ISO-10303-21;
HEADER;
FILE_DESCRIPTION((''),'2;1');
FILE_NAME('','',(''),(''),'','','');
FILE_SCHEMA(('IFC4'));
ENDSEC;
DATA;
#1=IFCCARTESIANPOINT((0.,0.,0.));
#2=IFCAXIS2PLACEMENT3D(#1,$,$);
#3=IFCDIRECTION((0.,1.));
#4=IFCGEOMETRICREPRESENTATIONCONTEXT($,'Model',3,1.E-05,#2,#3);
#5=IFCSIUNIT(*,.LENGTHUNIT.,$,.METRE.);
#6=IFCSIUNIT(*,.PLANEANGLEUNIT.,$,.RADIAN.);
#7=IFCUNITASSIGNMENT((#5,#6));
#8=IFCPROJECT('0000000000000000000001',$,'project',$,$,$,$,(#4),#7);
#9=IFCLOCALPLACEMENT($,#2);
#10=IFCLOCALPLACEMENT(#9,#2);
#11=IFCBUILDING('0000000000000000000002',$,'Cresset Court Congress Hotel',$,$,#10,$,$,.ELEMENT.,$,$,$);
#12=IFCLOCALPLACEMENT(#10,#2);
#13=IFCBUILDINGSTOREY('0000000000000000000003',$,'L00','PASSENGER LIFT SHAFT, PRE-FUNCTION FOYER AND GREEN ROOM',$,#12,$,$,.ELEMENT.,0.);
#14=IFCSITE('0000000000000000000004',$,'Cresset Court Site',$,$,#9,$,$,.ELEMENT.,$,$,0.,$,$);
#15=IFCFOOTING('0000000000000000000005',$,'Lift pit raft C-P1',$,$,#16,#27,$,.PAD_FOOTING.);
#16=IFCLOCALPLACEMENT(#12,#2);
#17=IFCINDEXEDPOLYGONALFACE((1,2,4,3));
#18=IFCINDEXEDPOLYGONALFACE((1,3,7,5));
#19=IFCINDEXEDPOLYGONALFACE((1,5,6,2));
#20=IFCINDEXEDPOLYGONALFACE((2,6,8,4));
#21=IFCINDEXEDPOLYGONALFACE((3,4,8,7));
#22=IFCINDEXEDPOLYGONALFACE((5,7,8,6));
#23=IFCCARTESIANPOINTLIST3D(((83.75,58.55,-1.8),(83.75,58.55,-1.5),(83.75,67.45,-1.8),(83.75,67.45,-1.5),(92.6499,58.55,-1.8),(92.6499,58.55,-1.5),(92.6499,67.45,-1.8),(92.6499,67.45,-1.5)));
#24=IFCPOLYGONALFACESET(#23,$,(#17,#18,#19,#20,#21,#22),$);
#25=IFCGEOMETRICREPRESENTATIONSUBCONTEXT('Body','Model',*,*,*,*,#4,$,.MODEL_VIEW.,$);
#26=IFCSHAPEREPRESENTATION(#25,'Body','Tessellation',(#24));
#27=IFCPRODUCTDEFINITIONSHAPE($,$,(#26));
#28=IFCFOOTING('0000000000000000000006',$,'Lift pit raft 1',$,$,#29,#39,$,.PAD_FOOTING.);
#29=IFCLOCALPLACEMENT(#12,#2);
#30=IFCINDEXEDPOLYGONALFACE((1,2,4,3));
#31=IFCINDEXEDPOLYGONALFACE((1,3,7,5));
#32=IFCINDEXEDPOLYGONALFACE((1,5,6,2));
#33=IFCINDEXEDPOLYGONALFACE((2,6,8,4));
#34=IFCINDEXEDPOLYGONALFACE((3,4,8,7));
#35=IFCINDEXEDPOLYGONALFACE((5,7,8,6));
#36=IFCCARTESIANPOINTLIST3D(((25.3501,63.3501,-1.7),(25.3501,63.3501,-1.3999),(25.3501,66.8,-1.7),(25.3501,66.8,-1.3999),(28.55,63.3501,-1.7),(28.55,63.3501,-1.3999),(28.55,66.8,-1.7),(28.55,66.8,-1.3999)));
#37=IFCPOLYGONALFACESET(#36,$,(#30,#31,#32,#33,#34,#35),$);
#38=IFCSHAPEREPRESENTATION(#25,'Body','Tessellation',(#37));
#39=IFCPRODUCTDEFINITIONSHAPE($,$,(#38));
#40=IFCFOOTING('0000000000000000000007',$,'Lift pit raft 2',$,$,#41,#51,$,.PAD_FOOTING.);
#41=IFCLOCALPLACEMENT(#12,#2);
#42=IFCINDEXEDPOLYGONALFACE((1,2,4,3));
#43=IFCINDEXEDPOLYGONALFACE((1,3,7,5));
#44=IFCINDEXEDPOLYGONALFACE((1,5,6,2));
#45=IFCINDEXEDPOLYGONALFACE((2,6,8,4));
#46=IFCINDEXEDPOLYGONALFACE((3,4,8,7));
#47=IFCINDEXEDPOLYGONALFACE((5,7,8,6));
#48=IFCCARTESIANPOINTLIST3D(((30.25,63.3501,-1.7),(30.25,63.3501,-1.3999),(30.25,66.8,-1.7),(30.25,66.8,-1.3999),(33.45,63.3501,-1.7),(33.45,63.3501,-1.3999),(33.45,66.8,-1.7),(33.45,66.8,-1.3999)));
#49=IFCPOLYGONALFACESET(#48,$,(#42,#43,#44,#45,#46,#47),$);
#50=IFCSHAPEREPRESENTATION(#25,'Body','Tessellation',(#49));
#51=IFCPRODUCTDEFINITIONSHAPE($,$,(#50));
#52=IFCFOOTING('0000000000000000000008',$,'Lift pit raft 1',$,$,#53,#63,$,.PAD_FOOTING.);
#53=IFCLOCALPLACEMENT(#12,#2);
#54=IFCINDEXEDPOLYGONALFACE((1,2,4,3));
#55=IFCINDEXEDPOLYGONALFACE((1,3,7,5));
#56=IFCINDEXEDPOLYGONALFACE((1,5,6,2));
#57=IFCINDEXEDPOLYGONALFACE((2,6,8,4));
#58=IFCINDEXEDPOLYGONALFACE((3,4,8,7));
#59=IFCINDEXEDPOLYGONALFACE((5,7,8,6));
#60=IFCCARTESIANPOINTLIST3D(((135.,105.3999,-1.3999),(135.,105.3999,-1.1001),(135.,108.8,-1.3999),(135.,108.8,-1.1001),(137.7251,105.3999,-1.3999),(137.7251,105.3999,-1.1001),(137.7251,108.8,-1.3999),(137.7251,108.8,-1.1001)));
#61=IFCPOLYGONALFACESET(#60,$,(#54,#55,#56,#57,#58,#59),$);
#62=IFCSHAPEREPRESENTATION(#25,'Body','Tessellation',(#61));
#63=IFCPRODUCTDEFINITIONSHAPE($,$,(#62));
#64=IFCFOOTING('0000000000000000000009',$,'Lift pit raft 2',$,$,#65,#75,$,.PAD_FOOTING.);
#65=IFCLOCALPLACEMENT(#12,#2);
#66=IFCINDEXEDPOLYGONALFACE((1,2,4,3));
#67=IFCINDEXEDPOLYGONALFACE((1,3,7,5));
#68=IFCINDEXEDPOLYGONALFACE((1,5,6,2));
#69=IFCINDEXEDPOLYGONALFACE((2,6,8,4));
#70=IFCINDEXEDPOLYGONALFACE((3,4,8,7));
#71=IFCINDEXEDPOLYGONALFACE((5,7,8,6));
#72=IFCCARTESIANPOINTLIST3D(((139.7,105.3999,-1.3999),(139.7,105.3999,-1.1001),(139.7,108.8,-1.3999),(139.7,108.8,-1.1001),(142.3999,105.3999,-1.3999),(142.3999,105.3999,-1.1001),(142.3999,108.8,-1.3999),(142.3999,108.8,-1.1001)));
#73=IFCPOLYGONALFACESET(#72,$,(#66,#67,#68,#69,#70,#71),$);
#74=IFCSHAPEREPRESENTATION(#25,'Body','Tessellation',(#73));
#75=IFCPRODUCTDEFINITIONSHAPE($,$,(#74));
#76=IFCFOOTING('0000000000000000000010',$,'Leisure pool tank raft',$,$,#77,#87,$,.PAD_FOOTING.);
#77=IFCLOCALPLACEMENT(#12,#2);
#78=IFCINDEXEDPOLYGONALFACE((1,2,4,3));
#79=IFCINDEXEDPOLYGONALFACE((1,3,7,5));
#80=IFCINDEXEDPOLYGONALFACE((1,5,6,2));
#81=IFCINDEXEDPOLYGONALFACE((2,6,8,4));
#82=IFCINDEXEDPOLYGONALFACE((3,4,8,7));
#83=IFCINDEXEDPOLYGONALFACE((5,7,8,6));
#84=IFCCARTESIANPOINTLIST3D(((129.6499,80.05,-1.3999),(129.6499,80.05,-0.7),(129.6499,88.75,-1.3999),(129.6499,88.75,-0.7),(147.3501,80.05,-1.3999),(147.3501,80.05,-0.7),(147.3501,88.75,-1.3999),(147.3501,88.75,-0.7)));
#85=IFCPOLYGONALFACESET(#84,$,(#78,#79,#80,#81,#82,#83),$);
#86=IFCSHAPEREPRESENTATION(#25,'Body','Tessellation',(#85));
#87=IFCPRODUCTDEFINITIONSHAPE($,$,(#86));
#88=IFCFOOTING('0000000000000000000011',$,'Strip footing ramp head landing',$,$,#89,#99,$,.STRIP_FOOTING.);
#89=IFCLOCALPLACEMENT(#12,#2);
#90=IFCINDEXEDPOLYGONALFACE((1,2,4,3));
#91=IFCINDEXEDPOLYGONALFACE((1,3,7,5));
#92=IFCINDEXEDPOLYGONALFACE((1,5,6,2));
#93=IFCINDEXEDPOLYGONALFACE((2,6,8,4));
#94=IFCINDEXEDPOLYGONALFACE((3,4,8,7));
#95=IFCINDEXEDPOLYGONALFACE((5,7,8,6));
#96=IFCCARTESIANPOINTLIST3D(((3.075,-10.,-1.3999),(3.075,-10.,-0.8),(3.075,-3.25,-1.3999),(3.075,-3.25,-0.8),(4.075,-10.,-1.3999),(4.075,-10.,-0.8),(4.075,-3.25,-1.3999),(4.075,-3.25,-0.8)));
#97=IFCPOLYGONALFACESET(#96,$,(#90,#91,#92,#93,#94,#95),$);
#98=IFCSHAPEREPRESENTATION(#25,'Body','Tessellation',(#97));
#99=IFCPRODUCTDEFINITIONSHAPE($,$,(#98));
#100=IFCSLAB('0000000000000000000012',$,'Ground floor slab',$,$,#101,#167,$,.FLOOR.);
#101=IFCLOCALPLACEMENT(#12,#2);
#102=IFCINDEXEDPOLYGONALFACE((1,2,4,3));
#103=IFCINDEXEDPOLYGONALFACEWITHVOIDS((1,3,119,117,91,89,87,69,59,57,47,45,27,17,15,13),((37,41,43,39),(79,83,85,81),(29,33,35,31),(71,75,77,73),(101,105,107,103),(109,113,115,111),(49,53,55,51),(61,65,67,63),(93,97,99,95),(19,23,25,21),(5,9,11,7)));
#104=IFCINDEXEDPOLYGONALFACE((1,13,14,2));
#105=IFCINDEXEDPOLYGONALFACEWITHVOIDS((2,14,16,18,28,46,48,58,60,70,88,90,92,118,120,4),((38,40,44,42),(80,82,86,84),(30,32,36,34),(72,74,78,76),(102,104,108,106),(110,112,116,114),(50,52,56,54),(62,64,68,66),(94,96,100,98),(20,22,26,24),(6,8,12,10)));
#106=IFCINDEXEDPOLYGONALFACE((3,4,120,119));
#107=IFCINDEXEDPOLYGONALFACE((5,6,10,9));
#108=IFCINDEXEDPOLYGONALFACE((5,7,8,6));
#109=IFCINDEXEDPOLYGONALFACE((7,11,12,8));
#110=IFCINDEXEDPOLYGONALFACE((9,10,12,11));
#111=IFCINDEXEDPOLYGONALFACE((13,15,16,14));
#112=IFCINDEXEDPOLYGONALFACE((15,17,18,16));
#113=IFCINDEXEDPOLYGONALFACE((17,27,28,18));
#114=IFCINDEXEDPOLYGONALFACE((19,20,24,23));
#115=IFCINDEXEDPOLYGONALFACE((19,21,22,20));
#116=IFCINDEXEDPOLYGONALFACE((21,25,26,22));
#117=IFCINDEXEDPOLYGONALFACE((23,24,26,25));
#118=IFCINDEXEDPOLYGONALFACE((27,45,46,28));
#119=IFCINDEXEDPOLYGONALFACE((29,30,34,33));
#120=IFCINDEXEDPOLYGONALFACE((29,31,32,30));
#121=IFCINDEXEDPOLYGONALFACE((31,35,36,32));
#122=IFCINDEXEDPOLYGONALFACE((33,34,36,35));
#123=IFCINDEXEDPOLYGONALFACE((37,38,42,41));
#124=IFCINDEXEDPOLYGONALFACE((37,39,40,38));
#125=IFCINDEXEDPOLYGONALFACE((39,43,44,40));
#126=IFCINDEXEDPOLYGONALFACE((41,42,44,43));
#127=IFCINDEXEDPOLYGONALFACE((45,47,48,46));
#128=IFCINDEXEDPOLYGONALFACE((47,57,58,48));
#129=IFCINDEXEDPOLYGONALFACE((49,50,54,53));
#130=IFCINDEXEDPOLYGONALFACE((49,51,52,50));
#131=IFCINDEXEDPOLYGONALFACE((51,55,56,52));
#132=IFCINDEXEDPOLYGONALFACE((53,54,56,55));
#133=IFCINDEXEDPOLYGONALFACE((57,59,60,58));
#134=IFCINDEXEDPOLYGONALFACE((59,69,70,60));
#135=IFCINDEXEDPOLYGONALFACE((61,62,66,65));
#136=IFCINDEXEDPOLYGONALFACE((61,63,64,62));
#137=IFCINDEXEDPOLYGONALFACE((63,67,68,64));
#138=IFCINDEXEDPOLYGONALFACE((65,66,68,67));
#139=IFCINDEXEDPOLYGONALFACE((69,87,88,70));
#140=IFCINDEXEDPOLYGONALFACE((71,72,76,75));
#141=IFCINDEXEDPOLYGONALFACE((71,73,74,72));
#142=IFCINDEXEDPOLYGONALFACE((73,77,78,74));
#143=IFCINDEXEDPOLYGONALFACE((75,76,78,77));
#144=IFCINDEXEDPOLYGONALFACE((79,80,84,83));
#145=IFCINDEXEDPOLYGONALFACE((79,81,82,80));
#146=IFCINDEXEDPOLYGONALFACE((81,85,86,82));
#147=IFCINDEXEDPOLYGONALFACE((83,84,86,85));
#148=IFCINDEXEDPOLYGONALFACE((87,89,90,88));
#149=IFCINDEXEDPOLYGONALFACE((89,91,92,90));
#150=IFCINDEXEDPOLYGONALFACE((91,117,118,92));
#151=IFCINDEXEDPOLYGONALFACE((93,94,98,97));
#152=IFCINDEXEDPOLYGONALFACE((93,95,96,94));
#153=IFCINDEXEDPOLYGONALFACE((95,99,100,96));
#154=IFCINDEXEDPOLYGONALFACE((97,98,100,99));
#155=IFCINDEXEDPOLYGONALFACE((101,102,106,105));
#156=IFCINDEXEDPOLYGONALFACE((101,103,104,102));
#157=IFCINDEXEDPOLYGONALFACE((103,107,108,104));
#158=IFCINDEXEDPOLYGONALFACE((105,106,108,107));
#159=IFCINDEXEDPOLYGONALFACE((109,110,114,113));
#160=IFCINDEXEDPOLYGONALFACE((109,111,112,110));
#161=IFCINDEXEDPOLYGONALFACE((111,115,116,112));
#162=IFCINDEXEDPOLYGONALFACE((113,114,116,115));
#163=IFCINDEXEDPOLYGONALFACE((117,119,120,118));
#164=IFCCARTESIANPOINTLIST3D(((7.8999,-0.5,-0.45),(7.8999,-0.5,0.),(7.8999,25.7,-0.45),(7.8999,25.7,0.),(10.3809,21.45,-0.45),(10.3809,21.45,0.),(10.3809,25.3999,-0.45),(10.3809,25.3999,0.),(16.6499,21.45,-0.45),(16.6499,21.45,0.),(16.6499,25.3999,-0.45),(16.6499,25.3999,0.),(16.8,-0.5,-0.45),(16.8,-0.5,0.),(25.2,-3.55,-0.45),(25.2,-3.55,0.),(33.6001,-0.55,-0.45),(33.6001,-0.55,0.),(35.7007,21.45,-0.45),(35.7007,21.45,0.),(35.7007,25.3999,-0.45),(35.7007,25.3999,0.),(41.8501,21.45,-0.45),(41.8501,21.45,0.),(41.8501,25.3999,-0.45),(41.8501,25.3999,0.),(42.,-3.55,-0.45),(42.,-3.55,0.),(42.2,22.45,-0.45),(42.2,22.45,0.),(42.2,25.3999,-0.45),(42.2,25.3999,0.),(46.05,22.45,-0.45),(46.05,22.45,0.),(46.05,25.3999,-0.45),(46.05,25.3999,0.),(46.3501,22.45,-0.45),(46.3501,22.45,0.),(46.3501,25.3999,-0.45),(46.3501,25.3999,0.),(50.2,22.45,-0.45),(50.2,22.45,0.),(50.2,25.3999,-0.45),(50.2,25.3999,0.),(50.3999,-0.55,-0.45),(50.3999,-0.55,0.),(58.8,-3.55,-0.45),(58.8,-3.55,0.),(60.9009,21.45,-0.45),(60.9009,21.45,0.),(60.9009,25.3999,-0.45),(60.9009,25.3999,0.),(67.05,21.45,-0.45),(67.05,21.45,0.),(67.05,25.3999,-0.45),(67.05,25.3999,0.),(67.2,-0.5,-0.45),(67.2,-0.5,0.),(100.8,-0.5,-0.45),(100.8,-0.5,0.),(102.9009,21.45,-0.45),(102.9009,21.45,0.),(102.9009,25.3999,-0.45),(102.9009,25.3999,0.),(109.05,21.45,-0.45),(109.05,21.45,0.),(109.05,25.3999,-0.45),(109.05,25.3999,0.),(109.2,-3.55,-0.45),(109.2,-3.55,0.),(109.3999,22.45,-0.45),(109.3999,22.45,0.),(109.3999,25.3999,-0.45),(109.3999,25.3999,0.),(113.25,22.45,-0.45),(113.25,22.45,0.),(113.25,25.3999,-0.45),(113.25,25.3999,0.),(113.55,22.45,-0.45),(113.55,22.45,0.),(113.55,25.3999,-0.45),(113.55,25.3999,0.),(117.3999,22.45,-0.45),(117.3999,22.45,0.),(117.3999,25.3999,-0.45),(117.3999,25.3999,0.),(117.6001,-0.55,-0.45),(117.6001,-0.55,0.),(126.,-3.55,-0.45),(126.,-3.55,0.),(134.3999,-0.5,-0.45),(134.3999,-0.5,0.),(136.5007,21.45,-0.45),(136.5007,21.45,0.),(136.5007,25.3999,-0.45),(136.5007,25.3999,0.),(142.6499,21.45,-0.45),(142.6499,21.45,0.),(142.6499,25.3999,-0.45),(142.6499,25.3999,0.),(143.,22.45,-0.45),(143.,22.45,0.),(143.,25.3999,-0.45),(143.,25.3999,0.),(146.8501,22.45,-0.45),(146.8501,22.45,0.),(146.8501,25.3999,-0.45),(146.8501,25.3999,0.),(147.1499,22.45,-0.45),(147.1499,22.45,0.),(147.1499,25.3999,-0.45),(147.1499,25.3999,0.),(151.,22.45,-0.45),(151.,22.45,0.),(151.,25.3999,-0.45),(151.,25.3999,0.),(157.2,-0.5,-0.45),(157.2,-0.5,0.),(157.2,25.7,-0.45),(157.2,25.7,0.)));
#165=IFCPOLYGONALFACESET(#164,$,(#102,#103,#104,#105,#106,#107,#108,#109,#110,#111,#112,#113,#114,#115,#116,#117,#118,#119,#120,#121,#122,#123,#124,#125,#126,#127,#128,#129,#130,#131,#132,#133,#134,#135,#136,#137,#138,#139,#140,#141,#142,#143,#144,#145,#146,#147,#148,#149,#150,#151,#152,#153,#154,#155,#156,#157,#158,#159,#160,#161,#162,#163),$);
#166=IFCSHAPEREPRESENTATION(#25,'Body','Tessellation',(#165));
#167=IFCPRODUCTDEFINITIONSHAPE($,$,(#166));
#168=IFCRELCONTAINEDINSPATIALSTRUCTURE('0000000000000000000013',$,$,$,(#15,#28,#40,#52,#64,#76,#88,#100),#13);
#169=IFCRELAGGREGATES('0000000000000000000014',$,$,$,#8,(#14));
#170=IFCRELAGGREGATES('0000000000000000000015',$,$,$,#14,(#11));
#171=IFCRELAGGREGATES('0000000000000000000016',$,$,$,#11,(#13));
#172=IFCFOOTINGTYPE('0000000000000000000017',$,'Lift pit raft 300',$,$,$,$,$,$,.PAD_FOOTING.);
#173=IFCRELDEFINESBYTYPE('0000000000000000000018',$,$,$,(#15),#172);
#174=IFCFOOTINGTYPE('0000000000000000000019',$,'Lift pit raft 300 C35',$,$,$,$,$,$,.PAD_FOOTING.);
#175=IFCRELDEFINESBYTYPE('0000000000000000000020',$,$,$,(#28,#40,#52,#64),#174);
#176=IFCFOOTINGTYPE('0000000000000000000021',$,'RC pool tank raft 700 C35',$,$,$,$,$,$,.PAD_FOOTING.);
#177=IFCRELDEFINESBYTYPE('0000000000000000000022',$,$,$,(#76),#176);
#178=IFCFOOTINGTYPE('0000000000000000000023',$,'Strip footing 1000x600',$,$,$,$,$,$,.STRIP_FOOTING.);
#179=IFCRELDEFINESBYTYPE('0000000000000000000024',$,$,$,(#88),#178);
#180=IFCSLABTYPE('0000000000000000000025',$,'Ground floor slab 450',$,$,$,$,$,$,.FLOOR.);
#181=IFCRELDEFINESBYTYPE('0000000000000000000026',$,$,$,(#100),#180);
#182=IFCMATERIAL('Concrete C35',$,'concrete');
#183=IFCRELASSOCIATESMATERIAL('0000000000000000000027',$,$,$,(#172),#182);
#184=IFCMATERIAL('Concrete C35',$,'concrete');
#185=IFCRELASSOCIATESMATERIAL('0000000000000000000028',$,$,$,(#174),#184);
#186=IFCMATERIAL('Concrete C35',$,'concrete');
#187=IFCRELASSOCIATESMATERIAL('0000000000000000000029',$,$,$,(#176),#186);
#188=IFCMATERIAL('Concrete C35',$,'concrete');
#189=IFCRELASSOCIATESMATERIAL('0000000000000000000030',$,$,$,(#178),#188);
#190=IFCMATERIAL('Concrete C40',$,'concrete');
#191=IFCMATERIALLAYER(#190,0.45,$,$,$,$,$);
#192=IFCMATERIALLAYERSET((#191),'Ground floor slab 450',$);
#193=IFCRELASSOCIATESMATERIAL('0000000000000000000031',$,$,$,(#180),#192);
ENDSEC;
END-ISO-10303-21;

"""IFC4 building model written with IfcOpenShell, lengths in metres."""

from ifc_helpers import new_model, si_unit, direction, frame, origin, place, context, subcontext, project, spatial, polyline, outline, extrude, material, layer, layer_set, type_object, element, save


model = new_model("IFC4")

# Units and contexts
model_context = context("Model", 3, precision=1e-05, world=origin(), true_north=direction((0.0, 1.0)))
body_context = subcontext(model_context, "Body", "Model", "MODEL_VIEW")
ifc_project = project(units=[si_unit("LENGTHUNIT", "METRE"), si_unit("PLANEANGLEUNIT", "RADIAN")], contexts=[model_context])

# Site, building, storey
site_placement = place(None, origin())
site = spatial("IfcSite", under=ifc_project, at=site_placement, Name="Cresset Court Site", CompositionType="ELEMENT", RefElevation=0.0)
building_placement = place(site_placement, origin())
building = spatial("IfcBuilding", under=site, at=building_placement, Name="Cresset Court Congress Hotel", CompositionType="ELEMENT")
storey_placement = place(building_placement, origin())
storey = spatial("IfcBuildingStorey", under=building, at=storey_placement, Name="L00", Description="PASSENGER LIFT SHAFT, PRE-FUNCTION FOYER AND GREEN ROOM", CompositionType="ELEMENT", Elevation=0.0)

# Footings
ifc_material_1 = material(Name="Concrete C35", Category="concrete")
footing_type_1 = type_object("IfcFootingType", Name="Lift pit raft 300", PredefinedType="PAD_FOOTING", material=ifc_material_1)
footing_1_placement = place(storey_placement, frame((0.0, 0.0, -1.8)))
element("IfcFooting", 1, at=footing_1_placement, inside=storey, type_object=footing_type_1, Name="Lift pit raft C-P1", PredefinedType="PAD_FOOTING", context=body_context, shape_type="SweptSolid", body=[
    extrude(outline(polyline([(92.6499, 58.55), (83.75, 58.55), (83.75, 67.45), (92.6499, 67.45), (92.6499, 58.55)])), origin(), (0.0, 0.0, 1.0), 0.3),
])
ifc_material_2 = material(Name="Concrete C35", Category="concrete")
footing_type_2 = type_object("IfcFootingType", Name="Lift pit raft 300 C35", PredefinedType="PAD_FOOTING", material=ifc_material_2)
footing_2_placement = place(storey_placement, frame((0.0, 0.0, -1.7)))
element("IfcFooting", 2, at=footing_2_placement, inside=storey, type_object=footing_type_2, Name="Lift pit raft 1", PredefinedType="PAD_FOOTING", context=body_context, shape_type="SweptSolid", body=[
    extrude(outline(polyline([(25.3501, 63.3501), (28.55, 63.3501), (28.55, 66.8), (25.3501, 66.8), (25.3501, 63.3501)])), origin(), (0.0, 0.0, 1.0), 0.3),
])
footing_3_placement = place(storey_placement, frame((0.0, 0.0, -1.7)))
element("IfcFooting", 3, at=footing_3_placement, inside=storey, type_object=footing_type_2, Name="Lift pit raft 2", PredefinedType="PAD_FOOTING", context=body_context, shape_type="SweptSolid", body=[
    extrude(outline(polyline([(30.25, 63.3501), (33.45, 63.3501), (33.45, 66.8), (30.25, 66.8), (30.25, 63.3501)])), origin(), (0.0, 0.0, 1.0), 0.3),
])
footing_4_placement = place(storey_placement, frame((0.0, 0.0, -1.3999)))
element("IfcFooting", 4, at=footing_4_placement, inside=storey, type_object=footing_type_2, Name="Lift pit raft 1", PredefinedType="PAD_FOOTING", context=body_context, shape_type="SweptSolid", body=[
    extrude(outline(polyline([(135.0, 105.3999), (137.7251, 105.3999), (137.7251, 108.8), (135.0, 108.8), (135.0, 105.3999)])), origin(), (0.0, 0.0, 1.0), 0.2998),
])
footing_5_placement = place(storey_placement, frame((0.0, 0.0, -1.3999)))
element("IfcFooting", 5, at=footing_5_placement, inside=storey, type_object=footing_type_2, Name="Lift pit raft 2", PredefinedType="PAD_FOOTING", context=body_context, shape_type="SweptSolid", body=[
    extrude(outline(polyline([(139.7, 105.3999), (142.3999, 105.3999), (142.3999, 108.8), (139.7, 108.8), (139.7, 105.3999)])), origin(), (0.0, 0.0, 1.0), 0.2998),
])
ifc_material_3 = material(Name="Concrete C35", Category="concrete")
footing_type_3 = type_object("IfcFootingType", Name="RC pool tank raft 700 C35", PredefinedType="PAD_FOOTING", material=ifc_material_3)
footing_6_placement = place(storey_placement, frame((0.0, 0.0, -1.3999)))
element("IfcFooting", 6, at=footing_6_placement, inside=storey, type_object=footing_type_3, Name="Leisure pool tank raft", PredefinedType="PAD_FOOTING", context=body_context, shape_type="SweptSolid", body=[
    extrude(outline(polyline([(129.6499, 80.05), (147.3501, 80.05), (147.3501, 88.75), (129.6499, 88.75), (129.6499, 80.05)])), origin(), (0.0, 0.0, 1.0), 0.7),
])
ifc_material_4 = material(Name="Concrete C35", Category="concrete")
footing_type_4 = type_object("IfcFootingType", Name="Strip footing 1000x600", PredefinedType="STRIP_FOOTING", material=ifc_material_4)
footing_7_placement = place(storey_placement, frame((0.0, 0.0, -1.3999)))
element("IfcFooting", 7, at=footing_7_placement, inside=storey, type_object=footing_type_4, Name="Strip footing ramp head landing", PredefinedType="STRIP_FOOTING", context=body_context, shape_type="SweptSolid", body=[
    extrude(outline(polyline([(3.075, -10.0), (3.075, -3.25), (4.075, -3.25), (4.075, -10.0), (3.075, -10.0)])), origin(), (0.0, 0.0, 1.0), 0.5999),
])

# Slab
ifc_material_5 = material(Name="Concrete C40", Category="concrete")
ifc_layer_1 = layer(ifc_material_5, 0.45)
ifc_layer_set_1 = layer_set([ifc_layer_1], Name="Ground floor slab 450")
slab_type_1 = type_object("IfcSlabType", Name="Ground floor slab 450", PredefinedType="FLOOR", material=ifc_layer_set_1)
slab_1_placement = place(storey_placement, frame((0.0, 0.0, -0.45)))
element("IfcSlab", 8, at=slab_1_placement, inside=storey, type_object=slab_type_1, Name="Ground floor slab", PredefinedType="FLOOR", context=body_context, shape_type="SweptSolid", body=[
    extrude(outline(polyline([(58.8, -3.55), (50.3999, -0.55), (42.0, -3.55), (33.6001, -0.55), (25.2, -3.55), (16.8, -0.5), (7.8999, -0.5), (7.8999, 25.7), (157.2, 25.7), (157.2, -0.5), (134.3999, -0.5), (126.0, -3.55), (117.6001, -0.55), (109.2, -3.55), (100.8, -0.5), (67.2, -0.5), (58.8, -3.55)]), holes=[polyline([(10.3809, 21.45), (16.6499, 21.45), (16.6499, 25.3999), (10.3809, 25.3999), (10.3809, 21.45)]), polyline([(35.7007, 21.45), (41.8501, 21.45), (41.8501, 25.3999), (35.7007, 25.3999), (35.7007, 21.45)]), polyline([(60.9009, 21.45), (67.05, 21.45), (67.05, 25.3999), (60.9009, 25.3999), (60.9009, 21.45)]), polyline([(102.9009, 21.45), (109.05, 21.45), (109.05, 25.3999), (102.9009, 25.3999), (102.9009, 21.45)]), polyline([(136.5007, 21.45), (142.6499, 21.45), (142.6499, 25.3999), (136.5007, 25.3999), (136.5007, 21.45)]), polyline([(42.2, 22.45), (46.05, 22.45), (46.05, 25.3999), (42.2, 25.3999), (42.2, 22.45)]), polyline([(46.3501, 22.45), (50.2, 22.45), (50.2, 25.3999), (46.3501, 25.3999), (46.3501, 22.45)]), polyline([(109.3999, 22.45), (113.25, 22.45), (113.25, 25.3999), (109.3999, 25.3999), (109.3999, 22.45)]), polyline([(113.55, 22.45), (117.3999, 22.45), (117.3999, 25.3999), (113.55, 25.3999), (113.55, 22.45)]), polyline([(143.0, 22.45), (146.8501, 22.45), (146.8501, 25.3999), (143.0, 25.3999), (143.0, 22.45)]), polyline([(147.1499, 22.45), (151.0, 22.45), (151.0, 25.3999), (147.1499, 25.3999), (147.1499, 22.45)])]), origin(), (0.0, 0.0, 1.0), 0.45),
])

save(model, "model.ifc")
